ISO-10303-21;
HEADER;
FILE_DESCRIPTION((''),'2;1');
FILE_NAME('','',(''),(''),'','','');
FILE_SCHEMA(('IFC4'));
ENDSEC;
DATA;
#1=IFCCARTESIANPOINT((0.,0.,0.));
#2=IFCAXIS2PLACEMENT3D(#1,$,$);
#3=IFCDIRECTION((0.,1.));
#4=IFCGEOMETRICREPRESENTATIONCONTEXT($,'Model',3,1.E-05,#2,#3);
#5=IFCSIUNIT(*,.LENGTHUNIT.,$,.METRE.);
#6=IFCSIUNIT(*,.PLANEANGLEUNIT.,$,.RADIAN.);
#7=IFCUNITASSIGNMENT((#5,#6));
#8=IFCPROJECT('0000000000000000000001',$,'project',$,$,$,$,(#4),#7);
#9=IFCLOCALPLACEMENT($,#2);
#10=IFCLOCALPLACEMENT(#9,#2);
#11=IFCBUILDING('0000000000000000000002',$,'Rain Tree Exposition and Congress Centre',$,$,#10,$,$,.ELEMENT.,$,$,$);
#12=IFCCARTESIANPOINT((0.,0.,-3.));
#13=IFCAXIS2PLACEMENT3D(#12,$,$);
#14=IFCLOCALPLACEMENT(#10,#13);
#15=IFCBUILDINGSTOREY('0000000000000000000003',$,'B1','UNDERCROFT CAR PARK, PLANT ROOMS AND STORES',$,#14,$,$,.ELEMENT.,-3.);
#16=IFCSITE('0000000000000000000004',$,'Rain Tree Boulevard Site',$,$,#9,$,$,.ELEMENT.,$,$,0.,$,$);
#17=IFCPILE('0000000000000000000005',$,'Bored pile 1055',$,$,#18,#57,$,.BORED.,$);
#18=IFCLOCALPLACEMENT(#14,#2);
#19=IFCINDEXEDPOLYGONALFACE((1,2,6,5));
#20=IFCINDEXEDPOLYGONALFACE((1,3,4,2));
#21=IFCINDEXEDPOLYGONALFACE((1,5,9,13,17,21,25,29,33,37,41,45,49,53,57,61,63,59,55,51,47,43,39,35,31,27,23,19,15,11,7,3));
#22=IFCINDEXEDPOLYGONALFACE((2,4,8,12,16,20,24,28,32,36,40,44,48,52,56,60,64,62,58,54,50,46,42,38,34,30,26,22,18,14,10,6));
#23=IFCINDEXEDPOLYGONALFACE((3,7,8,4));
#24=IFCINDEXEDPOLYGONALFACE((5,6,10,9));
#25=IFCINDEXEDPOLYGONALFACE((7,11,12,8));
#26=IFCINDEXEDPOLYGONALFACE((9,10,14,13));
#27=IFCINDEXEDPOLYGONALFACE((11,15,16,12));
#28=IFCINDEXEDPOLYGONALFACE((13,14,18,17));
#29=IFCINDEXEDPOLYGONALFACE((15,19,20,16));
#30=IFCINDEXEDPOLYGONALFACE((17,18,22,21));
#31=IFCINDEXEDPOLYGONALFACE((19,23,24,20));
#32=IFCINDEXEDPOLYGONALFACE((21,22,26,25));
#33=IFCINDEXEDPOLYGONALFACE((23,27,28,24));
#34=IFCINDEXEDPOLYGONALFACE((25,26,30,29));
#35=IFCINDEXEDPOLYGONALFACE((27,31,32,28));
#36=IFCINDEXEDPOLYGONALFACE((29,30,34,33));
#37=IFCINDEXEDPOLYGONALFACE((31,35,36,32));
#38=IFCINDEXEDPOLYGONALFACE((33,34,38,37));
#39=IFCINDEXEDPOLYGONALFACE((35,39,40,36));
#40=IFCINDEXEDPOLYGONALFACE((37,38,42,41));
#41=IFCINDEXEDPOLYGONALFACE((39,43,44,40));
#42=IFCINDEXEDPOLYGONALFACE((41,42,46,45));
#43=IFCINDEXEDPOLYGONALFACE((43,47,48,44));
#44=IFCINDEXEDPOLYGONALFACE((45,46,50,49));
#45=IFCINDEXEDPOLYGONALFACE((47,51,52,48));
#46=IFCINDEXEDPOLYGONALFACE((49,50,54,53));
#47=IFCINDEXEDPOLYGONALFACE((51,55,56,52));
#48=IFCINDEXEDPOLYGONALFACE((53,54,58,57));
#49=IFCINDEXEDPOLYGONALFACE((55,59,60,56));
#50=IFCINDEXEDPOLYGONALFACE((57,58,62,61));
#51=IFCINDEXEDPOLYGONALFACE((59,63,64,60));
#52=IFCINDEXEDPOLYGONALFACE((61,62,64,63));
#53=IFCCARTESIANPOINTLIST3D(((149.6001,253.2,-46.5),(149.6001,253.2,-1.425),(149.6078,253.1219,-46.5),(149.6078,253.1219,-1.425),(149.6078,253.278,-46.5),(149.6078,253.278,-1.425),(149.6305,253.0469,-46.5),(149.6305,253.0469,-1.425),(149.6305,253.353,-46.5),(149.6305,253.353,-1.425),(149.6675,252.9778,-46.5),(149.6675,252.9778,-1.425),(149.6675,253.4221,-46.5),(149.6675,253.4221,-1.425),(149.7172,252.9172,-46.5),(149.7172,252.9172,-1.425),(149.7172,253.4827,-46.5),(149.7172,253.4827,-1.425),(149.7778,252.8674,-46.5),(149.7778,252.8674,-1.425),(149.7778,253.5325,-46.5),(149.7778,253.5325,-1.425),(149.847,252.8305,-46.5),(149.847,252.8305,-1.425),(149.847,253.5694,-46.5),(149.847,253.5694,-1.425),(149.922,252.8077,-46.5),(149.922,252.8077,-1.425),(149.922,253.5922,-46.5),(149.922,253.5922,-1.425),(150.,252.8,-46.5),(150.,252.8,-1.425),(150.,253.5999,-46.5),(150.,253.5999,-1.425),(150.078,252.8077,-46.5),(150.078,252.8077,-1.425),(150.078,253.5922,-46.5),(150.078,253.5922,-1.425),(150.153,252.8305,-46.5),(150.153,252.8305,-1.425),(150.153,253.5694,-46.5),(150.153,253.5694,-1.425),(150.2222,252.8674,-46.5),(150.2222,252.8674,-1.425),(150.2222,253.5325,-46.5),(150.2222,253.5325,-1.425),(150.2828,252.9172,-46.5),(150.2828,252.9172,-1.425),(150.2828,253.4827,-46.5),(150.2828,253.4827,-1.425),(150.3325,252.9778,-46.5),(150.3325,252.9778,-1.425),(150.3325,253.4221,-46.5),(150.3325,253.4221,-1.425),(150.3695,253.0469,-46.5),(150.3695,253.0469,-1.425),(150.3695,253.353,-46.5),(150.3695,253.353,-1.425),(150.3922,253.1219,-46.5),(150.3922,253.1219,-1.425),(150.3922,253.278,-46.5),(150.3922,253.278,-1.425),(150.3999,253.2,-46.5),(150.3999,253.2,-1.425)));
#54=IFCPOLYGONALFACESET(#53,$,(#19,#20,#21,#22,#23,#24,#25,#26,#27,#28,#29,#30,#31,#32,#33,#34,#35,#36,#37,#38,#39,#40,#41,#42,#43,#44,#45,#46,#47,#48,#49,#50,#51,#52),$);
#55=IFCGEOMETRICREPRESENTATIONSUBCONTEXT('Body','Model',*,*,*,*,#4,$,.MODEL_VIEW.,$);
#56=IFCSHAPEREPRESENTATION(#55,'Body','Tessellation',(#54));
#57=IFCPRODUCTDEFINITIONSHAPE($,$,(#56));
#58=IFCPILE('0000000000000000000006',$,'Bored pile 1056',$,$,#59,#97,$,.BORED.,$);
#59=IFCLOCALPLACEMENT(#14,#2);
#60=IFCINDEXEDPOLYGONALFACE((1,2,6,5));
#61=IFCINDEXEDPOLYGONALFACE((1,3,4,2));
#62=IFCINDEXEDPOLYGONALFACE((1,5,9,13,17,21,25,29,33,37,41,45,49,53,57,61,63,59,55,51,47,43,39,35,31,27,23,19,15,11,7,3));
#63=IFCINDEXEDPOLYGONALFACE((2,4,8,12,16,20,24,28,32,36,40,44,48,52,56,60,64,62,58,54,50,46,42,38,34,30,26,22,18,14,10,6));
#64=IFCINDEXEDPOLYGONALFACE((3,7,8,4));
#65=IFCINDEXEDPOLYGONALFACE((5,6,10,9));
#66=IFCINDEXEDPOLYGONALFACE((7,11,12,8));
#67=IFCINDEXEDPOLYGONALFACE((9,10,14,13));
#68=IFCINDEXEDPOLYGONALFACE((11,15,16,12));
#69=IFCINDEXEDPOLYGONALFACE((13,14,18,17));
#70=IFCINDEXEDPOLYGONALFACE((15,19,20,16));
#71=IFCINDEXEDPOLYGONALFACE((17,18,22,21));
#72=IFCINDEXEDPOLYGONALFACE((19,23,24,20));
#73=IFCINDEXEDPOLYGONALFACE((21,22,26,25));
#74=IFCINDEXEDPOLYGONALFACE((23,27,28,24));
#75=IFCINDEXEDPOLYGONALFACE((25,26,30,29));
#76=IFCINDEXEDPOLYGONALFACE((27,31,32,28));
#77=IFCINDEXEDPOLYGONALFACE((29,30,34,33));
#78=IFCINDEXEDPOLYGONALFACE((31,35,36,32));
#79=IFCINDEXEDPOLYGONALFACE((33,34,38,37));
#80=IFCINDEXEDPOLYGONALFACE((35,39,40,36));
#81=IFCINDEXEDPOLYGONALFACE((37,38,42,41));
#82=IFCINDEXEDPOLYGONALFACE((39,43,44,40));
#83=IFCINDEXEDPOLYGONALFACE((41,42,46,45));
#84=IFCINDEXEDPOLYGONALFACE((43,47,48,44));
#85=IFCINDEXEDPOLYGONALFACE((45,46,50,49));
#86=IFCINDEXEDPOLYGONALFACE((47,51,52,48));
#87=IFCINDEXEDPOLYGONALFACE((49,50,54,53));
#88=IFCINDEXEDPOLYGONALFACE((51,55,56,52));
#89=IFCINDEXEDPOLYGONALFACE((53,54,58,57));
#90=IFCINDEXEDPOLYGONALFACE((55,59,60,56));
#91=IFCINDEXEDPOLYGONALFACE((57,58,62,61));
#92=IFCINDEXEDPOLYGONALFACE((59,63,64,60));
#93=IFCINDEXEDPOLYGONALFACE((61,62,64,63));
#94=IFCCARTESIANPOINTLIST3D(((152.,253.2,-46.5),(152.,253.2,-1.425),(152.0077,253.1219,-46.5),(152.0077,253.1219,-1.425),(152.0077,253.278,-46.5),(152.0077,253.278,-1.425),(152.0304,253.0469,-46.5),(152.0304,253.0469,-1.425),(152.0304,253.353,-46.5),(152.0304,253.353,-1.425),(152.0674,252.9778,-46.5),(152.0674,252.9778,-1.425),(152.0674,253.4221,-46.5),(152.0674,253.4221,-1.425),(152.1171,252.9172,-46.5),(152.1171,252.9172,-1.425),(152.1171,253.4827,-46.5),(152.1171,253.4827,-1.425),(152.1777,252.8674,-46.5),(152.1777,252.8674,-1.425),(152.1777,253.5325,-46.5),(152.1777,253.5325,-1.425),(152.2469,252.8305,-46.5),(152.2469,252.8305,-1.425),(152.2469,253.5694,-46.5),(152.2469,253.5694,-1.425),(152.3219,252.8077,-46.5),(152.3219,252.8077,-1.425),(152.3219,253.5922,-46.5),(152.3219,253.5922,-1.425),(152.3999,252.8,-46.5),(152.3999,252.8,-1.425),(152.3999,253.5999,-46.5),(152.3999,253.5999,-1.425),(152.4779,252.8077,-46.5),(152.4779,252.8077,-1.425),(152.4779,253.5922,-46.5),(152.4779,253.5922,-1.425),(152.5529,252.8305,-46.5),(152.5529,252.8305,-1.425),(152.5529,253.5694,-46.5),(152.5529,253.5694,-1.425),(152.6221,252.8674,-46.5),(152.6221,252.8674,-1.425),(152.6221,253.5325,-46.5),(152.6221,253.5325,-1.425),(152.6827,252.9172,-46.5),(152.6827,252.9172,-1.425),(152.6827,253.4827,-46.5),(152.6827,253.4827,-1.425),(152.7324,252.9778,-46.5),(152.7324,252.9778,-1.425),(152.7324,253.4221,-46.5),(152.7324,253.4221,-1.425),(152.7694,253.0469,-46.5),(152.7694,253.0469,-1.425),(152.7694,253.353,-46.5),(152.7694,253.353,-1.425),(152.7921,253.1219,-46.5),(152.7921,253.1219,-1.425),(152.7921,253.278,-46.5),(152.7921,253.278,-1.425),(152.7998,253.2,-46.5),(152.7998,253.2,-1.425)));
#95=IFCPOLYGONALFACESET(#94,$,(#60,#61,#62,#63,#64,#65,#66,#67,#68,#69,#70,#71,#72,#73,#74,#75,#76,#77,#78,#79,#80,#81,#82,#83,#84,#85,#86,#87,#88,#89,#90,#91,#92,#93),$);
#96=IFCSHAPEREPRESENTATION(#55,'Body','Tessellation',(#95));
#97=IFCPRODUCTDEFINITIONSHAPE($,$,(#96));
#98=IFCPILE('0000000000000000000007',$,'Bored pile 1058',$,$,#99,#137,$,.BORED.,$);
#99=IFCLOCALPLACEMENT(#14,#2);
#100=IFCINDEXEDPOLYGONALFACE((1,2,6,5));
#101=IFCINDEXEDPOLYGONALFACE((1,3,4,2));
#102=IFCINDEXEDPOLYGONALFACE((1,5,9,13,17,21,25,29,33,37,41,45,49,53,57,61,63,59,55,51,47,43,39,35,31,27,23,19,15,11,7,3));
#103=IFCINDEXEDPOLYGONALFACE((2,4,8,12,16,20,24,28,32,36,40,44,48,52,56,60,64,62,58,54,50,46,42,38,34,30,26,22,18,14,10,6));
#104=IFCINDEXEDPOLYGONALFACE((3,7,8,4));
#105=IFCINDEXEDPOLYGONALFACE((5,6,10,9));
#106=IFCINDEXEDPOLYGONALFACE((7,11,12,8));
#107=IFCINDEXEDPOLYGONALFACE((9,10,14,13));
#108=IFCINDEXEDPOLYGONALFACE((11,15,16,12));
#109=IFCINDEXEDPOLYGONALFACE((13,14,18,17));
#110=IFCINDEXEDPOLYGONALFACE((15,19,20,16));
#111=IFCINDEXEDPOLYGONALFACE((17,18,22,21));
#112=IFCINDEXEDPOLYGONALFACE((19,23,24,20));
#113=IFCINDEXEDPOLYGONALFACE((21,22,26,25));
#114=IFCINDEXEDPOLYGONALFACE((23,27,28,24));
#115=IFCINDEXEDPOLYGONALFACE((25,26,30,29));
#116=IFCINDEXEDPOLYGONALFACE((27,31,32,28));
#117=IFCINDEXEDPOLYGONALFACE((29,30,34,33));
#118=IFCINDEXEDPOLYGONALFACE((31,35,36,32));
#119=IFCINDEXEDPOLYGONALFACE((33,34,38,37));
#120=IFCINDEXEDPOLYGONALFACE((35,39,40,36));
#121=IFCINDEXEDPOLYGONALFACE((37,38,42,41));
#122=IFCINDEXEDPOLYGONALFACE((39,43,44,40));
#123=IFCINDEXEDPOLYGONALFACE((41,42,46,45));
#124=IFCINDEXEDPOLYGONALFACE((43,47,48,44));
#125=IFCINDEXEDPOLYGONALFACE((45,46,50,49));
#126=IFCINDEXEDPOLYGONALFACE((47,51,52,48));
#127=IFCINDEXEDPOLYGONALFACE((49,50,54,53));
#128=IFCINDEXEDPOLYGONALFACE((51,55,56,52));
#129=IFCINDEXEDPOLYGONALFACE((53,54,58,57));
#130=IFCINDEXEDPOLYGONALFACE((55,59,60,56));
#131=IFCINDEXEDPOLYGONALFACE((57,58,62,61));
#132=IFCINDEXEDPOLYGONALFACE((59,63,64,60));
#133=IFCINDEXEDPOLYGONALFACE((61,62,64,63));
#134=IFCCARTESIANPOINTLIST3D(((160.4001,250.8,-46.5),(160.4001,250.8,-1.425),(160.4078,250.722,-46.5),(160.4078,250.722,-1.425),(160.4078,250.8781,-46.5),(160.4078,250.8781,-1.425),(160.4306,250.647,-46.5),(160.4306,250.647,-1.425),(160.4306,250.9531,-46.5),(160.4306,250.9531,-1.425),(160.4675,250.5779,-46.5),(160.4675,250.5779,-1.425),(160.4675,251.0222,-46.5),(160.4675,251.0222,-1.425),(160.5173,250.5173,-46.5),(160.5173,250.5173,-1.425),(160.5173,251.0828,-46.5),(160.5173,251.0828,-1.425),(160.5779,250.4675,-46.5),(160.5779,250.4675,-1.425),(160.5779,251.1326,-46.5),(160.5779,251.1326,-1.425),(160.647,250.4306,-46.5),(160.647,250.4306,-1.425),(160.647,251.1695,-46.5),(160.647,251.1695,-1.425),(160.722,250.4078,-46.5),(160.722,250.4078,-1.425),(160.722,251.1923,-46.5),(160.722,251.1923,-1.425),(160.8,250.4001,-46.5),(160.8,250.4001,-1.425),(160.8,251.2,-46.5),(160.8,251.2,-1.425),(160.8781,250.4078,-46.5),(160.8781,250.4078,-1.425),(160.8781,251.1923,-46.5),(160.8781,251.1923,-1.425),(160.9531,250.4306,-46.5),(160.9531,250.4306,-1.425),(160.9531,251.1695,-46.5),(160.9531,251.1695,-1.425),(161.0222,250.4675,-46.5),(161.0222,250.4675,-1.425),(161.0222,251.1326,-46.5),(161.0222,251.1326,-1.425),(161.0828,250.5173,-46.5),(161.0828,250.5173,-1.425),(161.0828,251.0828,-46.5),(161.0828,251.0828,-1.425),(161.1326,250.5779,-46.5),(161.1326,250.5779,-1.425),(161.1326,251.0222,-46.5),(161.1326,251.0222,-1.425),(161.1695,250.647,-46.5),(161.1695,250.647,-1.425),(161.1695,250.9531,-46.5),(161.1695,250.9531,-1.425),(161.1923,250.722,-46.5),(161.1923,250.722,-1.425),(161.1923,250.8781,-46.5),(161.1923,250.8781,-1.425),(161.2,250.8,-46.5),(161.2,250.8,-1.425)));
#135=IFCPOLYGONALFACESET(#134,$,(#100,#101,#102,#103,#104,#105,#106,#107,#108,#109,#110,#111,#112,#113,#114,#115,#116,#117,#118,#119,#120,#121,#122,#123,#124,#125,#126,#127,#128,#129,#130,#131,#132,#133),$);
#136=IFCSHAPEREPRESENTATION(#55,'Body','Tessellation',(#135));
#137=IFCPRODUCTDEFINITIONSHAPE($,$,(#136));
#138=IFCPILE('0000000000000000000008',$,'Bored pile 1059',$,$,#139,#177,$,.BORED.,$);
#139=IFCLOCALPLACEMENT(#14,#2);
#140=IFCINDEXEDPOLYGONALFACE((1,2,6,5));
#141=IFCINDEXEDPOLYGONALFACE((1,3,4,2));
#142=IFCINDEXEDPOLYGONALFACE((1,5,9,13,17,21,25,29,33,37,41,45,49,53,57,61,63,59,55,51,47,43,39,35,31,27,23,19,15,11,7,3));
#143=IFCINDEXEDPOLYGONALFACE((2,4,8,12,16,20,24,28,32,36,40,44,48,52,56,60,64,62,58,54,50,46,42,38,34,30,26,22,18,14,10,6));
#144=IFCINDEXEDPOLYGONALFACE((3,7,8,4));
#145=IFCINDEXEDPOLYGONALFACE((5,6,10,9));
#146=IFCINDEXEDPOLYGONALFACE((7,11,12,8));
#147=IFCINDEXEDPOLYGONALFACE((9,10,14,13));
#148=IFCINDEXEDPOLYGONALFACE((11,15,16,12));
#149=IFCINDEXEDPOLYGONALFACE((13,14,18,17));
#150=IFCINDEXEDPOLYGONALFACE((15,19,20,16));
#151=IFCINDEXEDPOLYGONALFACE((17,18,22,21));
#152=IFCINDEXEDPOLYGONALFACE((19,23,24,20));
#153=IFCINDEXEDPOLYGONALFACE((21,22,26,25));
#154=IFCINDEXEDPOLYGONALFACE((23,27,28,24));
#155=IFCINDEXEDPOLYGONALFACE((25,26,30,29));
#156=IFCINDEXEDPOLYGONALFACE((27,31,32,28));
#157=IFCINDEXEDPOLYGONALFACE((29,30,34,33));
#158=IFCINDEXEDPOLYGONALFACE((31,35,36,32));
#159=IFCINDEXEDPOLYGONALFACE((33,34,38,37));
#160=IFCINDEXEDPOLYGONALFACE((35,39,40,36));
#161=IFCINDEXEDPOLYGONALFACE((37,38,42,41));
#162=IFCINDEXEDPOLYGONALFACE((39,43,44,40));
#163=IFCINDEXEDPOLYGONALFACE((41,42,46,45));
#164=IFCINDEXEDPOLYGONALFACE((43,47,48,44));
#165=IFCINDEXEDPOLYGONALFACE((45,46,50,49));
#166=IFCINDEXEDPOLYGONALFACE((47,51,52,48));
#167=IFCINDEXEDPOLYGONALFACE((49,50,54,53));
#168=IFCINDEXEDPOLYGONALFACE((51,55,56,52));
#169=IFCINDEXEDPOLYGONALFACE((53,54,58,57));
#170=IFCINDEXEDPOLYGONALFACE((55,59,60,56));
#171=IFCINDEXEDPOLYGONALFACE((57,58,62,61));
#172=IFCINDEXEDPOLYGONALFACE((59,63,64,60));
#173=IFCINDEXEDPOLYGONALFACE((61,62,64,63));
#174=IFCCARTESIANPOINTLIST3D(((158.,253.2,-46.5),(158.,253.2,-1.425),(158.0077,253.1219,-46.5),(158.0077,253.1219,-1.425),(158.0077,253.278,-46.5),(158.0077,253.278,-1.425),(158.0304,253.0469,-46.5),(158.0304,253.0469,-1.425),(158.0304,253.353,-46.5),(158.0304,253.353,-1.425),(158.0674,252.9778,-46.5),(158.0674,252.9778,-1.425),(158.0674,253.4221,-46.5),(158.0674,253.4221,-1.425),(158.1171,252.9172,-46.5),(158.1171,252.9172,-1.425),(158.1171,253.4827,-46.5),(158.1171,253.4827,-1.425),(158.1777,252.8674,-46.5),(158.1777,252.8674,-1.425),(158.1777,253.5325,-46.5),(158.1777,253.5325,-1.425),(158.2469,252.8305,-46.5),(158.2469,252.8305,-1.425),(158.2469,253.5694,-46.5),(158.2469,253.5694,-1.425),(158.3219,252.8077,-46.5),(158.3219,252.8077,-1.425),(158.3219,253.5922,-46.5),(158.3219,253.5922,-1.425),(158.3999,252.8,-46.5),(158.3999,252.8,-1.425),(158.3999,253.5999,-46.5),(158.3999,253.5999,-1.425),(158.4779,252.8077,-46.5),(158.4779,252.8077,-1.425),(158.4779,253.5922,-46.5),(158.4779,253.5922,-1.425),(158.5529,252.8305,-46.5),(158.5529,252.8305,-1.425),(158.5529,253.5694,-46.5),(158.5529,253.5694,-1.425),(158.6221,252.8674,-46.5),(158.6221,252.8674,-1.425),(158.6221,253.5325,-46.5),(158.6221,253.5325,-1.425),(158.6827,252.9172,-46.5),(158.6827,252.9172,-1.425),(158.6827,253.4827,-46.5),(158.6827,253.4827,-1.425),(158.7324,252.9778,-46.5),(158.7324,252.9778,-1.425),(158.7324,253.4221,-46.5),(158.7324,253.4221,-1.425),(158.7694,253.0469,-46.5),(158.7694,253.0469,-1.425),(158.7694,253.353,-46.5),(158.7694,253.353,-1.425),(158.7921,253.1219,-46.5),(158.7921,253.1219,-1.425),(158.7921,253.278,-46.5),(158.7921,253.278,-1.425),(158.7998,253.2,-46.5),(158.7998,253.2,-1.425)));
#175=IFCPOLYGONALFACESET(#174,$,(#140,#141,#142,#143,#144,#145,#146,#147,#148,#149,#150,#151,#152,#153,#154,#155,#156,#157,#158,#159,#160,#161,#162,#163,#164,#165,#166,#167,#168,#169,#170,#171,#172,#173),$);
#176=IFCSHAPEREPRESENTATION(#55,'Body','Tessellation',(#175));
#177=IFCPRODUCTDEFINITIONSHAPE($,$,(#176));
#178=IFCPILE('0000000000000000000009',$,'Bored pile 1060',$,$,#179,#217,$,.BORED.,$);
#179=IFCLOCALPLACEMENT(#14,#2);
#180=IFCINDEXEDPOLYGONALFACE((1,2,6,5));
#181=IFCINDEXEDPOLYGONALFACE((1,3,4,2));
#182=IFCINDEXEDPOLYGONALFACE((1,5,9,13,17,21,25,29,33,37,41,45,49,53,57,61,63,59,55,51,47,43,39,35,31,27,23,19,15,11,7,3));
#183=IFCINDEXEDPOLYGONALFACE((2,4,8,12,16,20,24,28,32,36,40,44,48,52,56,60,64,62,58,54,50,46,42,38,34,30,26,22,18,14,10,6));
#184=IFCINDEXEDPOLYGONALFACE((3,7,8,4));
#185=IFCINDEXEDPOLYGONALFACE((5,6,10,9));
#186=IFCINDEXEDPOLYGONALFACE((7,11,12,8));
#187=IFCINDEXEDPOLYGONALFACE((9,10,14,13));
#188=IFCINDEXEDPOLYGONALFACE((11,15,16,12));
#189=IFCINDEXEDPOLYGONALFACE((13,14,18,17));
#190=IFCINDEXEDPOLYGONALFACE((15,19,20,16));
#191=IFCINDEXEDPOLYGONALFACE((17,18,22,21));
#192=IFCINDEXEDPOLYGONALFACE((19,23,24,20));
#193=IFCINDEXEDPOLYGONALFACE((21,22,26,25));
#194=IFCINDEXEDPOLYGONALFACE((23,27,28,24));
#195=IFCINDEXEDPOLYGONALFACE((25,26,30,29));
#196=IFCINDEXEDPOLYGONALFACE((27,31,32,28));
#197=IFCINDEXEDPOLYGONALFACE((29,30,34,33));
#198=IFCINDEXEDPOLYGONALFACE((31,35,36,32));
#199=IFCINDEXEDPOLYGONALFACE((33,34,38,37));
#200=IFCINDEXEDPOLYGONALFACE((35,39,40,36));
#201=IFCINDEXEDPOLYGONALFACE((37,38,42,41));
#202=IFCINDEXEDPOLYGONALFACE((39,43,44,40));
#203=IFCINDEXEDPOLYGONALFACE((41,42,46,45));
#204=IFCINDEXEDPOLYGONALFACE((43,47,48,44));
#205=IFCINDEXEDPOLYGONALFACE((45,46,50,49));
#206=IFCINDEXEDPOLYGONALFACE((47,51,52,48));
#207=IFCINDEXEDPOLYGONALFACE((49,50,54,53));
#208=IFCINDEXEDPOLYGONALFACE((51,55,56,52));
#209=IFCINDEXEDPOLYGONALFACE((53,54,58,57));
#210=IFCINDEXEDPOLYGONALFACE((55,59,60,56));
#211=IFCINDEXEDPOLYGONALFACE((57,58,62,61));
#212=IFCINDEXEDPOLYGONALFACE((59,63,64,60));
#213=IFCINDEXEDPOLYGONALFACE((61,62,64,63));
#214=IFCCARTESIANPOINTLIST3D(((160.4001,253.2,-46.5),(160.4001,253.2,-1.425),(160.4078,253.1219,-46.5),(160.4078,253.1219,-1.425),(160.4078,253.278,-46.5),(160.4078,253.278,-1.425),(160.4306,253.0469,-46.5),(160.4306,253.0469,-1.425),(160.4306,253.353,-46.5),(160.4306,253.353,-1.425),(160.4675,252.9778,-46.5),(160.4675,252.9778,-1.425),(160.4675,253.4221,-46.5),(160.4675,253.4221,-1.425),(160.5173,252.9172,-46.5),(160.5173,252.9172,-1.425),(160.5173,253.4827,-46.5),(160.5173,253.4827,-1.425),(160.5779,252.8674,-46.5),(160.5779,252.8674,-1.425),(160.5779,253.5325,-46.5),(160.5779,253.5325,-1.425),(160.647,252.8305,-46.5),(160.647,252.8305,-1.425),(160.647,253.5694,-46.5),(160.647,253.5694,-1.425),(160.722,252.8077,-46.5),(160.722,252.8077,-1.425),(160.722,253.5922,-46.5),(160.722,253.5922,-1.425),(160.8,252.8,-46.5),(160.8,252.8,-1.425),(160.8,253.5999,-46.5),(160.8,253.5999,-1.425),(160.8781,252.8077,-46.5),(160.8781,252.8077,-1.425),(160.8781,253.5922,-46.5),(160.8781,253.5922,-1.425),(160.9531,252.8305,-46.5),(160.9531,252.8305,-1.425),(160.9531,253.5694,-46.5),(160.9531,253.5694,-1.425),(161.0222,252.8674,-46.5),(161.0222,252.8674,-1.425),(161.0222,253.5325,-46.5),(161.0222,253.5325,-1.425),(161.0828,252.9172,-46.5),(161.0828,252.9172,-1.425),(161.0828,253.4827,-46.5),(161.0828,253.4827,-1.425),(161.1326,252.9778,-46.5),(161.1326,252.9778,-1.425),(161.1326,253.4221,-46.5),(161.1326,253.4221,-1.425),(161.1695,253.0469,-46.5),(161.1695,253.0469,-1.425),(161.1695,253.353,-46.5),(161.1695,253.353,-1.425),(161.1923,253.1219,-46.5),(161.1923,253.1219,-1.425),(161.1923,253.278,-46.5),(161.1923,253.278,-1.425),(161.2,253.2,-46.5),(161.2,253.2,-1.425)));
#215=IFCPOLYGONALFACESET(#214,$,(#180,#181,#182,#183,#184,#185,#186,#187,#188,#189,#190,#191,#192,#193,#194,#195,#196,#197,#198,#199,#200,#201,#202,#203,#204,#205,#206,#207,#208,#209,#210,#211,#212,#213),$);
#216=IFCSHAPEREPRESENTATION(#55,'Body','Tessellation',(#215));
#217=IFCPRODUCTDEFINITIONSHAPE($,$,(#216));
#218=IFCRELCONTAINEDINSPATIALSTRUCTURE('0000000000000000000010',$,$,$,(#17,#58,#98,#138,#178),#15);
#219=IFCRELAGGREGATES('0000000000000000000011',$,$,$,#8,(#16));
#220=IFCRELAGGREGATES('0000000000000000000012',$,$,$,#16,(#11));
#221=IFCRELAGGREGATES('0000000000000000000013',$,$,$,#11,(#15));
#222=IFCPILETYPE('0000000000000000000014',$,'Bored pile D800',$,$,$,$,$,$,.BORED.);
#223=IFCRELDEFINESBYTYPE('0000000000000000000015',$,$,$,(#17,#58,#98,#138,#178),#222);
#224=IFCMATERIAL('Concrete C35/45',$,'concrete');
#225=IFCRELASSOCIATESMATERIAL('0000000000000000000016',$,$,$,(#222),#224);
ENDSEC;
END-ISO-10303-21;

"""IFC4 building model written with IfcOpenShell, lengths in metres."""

from ifc_helpers import new_model, si_unit, direction, frame, origin, origin_2d, place, context, subcontext, project, spatial, circle, extrude, material, material_profile, profile_set, type_object, element, save


model = new_model("IFC4")

# Units and contexts
model_context = context("Model", 3, precision=1e-05, world=origin(), true_north=direction((0.0, 1.0)))
body_context = subcontext(model_context, "Body", "Model", "MODEL_VIEW")
ifc_project = project(units=[si_unit("LENGTHUNIT", "METRE"), si_unit("PLANEANGLEUNIT", "RADIAN")], contexts=[model_context])

# Site, building, storey
site_placement = place(None, origin())
site = spatial("IfcSite", under=ifc_project, at=site_placement, Name="Rain Tree Boulevard Site", CompositionType="ELEMENT", RefElevation=0.0)
building_placement = place(site_placement, origin())
building = spatial("IfcBuilding", under=site, at=building_placement, Name="Rain Tree Exposition and Congress Centre", CompositionType="ELEMENT")
storey_placement = place(building_placement, frame((0.0, 0.0, -3.0)))
storey = spatial("IfcBuildingStorey", under=building, at=storey_placement, Name="B1", Description="UNDERCROFT CAR PARK, PLANT ROOMS AND STORES", CompositionType="ELEMENT", Elevation=-3.0)

# Piles
ifc_material_1 = material(Name="Concrete C35/45", Category="concrete")
ifc_material_profile_1 = material_profile(ifc_material_1, circle(Radius=0.3999, at=origin_2d()), Name="D800")
ifc_profile_set_1 = profile_set([ifc_material_profile_1], Name="Concrete C35/45")
pile_type = type_object("IfcPileType", Name="Bored pile D800", PredefinedType="BORED", material=ifc_profile_set_1)
for number, where, z_axis, x_axis, name in (
    (1, (150.0, 253.2, -1.425), (0.0, 0.0, -1.0), (1.0, 0.0, 0.0), "Bored pile 1055"),
    (2, (152.3999, 253.2, -1.425), (0.0, 0.0, -1.0), (1.0, 0.0, 0.0), "Bored pile 1056"),
    (3, (160.8, 250.8, -1.425), (0.0, 0.0, -1.0), (1.0, 0.0, 0.0), "Bored pile 1058"),
    (4, (158.3999, 253.2, -1.425), (0.0, 0.0, -1.0), (1.0, 0.0, 0.0), "Bored pile 1059"),
    (5, (160.8, 253.2, -1.425), (0.0, 0.0, -1.0), (1.0, 0.0, 0.0), "Bored pile 1060"),
):
    element("IfcPile", number, at=place(storey_placement, frame(where, z_axis=z_axis, x_axis=x_axis)), inside=storey, type_object=pile_type, Name=name, PredefinedType="BORED", context=body_context, shape_type="SweptSolid", body=[
        extrude(circle(Radius=0.3999, at=origin_2d()), origin(), (0.0, 0.0, 1.0), 45.075),
    ])

save(model, "model.ifc")
